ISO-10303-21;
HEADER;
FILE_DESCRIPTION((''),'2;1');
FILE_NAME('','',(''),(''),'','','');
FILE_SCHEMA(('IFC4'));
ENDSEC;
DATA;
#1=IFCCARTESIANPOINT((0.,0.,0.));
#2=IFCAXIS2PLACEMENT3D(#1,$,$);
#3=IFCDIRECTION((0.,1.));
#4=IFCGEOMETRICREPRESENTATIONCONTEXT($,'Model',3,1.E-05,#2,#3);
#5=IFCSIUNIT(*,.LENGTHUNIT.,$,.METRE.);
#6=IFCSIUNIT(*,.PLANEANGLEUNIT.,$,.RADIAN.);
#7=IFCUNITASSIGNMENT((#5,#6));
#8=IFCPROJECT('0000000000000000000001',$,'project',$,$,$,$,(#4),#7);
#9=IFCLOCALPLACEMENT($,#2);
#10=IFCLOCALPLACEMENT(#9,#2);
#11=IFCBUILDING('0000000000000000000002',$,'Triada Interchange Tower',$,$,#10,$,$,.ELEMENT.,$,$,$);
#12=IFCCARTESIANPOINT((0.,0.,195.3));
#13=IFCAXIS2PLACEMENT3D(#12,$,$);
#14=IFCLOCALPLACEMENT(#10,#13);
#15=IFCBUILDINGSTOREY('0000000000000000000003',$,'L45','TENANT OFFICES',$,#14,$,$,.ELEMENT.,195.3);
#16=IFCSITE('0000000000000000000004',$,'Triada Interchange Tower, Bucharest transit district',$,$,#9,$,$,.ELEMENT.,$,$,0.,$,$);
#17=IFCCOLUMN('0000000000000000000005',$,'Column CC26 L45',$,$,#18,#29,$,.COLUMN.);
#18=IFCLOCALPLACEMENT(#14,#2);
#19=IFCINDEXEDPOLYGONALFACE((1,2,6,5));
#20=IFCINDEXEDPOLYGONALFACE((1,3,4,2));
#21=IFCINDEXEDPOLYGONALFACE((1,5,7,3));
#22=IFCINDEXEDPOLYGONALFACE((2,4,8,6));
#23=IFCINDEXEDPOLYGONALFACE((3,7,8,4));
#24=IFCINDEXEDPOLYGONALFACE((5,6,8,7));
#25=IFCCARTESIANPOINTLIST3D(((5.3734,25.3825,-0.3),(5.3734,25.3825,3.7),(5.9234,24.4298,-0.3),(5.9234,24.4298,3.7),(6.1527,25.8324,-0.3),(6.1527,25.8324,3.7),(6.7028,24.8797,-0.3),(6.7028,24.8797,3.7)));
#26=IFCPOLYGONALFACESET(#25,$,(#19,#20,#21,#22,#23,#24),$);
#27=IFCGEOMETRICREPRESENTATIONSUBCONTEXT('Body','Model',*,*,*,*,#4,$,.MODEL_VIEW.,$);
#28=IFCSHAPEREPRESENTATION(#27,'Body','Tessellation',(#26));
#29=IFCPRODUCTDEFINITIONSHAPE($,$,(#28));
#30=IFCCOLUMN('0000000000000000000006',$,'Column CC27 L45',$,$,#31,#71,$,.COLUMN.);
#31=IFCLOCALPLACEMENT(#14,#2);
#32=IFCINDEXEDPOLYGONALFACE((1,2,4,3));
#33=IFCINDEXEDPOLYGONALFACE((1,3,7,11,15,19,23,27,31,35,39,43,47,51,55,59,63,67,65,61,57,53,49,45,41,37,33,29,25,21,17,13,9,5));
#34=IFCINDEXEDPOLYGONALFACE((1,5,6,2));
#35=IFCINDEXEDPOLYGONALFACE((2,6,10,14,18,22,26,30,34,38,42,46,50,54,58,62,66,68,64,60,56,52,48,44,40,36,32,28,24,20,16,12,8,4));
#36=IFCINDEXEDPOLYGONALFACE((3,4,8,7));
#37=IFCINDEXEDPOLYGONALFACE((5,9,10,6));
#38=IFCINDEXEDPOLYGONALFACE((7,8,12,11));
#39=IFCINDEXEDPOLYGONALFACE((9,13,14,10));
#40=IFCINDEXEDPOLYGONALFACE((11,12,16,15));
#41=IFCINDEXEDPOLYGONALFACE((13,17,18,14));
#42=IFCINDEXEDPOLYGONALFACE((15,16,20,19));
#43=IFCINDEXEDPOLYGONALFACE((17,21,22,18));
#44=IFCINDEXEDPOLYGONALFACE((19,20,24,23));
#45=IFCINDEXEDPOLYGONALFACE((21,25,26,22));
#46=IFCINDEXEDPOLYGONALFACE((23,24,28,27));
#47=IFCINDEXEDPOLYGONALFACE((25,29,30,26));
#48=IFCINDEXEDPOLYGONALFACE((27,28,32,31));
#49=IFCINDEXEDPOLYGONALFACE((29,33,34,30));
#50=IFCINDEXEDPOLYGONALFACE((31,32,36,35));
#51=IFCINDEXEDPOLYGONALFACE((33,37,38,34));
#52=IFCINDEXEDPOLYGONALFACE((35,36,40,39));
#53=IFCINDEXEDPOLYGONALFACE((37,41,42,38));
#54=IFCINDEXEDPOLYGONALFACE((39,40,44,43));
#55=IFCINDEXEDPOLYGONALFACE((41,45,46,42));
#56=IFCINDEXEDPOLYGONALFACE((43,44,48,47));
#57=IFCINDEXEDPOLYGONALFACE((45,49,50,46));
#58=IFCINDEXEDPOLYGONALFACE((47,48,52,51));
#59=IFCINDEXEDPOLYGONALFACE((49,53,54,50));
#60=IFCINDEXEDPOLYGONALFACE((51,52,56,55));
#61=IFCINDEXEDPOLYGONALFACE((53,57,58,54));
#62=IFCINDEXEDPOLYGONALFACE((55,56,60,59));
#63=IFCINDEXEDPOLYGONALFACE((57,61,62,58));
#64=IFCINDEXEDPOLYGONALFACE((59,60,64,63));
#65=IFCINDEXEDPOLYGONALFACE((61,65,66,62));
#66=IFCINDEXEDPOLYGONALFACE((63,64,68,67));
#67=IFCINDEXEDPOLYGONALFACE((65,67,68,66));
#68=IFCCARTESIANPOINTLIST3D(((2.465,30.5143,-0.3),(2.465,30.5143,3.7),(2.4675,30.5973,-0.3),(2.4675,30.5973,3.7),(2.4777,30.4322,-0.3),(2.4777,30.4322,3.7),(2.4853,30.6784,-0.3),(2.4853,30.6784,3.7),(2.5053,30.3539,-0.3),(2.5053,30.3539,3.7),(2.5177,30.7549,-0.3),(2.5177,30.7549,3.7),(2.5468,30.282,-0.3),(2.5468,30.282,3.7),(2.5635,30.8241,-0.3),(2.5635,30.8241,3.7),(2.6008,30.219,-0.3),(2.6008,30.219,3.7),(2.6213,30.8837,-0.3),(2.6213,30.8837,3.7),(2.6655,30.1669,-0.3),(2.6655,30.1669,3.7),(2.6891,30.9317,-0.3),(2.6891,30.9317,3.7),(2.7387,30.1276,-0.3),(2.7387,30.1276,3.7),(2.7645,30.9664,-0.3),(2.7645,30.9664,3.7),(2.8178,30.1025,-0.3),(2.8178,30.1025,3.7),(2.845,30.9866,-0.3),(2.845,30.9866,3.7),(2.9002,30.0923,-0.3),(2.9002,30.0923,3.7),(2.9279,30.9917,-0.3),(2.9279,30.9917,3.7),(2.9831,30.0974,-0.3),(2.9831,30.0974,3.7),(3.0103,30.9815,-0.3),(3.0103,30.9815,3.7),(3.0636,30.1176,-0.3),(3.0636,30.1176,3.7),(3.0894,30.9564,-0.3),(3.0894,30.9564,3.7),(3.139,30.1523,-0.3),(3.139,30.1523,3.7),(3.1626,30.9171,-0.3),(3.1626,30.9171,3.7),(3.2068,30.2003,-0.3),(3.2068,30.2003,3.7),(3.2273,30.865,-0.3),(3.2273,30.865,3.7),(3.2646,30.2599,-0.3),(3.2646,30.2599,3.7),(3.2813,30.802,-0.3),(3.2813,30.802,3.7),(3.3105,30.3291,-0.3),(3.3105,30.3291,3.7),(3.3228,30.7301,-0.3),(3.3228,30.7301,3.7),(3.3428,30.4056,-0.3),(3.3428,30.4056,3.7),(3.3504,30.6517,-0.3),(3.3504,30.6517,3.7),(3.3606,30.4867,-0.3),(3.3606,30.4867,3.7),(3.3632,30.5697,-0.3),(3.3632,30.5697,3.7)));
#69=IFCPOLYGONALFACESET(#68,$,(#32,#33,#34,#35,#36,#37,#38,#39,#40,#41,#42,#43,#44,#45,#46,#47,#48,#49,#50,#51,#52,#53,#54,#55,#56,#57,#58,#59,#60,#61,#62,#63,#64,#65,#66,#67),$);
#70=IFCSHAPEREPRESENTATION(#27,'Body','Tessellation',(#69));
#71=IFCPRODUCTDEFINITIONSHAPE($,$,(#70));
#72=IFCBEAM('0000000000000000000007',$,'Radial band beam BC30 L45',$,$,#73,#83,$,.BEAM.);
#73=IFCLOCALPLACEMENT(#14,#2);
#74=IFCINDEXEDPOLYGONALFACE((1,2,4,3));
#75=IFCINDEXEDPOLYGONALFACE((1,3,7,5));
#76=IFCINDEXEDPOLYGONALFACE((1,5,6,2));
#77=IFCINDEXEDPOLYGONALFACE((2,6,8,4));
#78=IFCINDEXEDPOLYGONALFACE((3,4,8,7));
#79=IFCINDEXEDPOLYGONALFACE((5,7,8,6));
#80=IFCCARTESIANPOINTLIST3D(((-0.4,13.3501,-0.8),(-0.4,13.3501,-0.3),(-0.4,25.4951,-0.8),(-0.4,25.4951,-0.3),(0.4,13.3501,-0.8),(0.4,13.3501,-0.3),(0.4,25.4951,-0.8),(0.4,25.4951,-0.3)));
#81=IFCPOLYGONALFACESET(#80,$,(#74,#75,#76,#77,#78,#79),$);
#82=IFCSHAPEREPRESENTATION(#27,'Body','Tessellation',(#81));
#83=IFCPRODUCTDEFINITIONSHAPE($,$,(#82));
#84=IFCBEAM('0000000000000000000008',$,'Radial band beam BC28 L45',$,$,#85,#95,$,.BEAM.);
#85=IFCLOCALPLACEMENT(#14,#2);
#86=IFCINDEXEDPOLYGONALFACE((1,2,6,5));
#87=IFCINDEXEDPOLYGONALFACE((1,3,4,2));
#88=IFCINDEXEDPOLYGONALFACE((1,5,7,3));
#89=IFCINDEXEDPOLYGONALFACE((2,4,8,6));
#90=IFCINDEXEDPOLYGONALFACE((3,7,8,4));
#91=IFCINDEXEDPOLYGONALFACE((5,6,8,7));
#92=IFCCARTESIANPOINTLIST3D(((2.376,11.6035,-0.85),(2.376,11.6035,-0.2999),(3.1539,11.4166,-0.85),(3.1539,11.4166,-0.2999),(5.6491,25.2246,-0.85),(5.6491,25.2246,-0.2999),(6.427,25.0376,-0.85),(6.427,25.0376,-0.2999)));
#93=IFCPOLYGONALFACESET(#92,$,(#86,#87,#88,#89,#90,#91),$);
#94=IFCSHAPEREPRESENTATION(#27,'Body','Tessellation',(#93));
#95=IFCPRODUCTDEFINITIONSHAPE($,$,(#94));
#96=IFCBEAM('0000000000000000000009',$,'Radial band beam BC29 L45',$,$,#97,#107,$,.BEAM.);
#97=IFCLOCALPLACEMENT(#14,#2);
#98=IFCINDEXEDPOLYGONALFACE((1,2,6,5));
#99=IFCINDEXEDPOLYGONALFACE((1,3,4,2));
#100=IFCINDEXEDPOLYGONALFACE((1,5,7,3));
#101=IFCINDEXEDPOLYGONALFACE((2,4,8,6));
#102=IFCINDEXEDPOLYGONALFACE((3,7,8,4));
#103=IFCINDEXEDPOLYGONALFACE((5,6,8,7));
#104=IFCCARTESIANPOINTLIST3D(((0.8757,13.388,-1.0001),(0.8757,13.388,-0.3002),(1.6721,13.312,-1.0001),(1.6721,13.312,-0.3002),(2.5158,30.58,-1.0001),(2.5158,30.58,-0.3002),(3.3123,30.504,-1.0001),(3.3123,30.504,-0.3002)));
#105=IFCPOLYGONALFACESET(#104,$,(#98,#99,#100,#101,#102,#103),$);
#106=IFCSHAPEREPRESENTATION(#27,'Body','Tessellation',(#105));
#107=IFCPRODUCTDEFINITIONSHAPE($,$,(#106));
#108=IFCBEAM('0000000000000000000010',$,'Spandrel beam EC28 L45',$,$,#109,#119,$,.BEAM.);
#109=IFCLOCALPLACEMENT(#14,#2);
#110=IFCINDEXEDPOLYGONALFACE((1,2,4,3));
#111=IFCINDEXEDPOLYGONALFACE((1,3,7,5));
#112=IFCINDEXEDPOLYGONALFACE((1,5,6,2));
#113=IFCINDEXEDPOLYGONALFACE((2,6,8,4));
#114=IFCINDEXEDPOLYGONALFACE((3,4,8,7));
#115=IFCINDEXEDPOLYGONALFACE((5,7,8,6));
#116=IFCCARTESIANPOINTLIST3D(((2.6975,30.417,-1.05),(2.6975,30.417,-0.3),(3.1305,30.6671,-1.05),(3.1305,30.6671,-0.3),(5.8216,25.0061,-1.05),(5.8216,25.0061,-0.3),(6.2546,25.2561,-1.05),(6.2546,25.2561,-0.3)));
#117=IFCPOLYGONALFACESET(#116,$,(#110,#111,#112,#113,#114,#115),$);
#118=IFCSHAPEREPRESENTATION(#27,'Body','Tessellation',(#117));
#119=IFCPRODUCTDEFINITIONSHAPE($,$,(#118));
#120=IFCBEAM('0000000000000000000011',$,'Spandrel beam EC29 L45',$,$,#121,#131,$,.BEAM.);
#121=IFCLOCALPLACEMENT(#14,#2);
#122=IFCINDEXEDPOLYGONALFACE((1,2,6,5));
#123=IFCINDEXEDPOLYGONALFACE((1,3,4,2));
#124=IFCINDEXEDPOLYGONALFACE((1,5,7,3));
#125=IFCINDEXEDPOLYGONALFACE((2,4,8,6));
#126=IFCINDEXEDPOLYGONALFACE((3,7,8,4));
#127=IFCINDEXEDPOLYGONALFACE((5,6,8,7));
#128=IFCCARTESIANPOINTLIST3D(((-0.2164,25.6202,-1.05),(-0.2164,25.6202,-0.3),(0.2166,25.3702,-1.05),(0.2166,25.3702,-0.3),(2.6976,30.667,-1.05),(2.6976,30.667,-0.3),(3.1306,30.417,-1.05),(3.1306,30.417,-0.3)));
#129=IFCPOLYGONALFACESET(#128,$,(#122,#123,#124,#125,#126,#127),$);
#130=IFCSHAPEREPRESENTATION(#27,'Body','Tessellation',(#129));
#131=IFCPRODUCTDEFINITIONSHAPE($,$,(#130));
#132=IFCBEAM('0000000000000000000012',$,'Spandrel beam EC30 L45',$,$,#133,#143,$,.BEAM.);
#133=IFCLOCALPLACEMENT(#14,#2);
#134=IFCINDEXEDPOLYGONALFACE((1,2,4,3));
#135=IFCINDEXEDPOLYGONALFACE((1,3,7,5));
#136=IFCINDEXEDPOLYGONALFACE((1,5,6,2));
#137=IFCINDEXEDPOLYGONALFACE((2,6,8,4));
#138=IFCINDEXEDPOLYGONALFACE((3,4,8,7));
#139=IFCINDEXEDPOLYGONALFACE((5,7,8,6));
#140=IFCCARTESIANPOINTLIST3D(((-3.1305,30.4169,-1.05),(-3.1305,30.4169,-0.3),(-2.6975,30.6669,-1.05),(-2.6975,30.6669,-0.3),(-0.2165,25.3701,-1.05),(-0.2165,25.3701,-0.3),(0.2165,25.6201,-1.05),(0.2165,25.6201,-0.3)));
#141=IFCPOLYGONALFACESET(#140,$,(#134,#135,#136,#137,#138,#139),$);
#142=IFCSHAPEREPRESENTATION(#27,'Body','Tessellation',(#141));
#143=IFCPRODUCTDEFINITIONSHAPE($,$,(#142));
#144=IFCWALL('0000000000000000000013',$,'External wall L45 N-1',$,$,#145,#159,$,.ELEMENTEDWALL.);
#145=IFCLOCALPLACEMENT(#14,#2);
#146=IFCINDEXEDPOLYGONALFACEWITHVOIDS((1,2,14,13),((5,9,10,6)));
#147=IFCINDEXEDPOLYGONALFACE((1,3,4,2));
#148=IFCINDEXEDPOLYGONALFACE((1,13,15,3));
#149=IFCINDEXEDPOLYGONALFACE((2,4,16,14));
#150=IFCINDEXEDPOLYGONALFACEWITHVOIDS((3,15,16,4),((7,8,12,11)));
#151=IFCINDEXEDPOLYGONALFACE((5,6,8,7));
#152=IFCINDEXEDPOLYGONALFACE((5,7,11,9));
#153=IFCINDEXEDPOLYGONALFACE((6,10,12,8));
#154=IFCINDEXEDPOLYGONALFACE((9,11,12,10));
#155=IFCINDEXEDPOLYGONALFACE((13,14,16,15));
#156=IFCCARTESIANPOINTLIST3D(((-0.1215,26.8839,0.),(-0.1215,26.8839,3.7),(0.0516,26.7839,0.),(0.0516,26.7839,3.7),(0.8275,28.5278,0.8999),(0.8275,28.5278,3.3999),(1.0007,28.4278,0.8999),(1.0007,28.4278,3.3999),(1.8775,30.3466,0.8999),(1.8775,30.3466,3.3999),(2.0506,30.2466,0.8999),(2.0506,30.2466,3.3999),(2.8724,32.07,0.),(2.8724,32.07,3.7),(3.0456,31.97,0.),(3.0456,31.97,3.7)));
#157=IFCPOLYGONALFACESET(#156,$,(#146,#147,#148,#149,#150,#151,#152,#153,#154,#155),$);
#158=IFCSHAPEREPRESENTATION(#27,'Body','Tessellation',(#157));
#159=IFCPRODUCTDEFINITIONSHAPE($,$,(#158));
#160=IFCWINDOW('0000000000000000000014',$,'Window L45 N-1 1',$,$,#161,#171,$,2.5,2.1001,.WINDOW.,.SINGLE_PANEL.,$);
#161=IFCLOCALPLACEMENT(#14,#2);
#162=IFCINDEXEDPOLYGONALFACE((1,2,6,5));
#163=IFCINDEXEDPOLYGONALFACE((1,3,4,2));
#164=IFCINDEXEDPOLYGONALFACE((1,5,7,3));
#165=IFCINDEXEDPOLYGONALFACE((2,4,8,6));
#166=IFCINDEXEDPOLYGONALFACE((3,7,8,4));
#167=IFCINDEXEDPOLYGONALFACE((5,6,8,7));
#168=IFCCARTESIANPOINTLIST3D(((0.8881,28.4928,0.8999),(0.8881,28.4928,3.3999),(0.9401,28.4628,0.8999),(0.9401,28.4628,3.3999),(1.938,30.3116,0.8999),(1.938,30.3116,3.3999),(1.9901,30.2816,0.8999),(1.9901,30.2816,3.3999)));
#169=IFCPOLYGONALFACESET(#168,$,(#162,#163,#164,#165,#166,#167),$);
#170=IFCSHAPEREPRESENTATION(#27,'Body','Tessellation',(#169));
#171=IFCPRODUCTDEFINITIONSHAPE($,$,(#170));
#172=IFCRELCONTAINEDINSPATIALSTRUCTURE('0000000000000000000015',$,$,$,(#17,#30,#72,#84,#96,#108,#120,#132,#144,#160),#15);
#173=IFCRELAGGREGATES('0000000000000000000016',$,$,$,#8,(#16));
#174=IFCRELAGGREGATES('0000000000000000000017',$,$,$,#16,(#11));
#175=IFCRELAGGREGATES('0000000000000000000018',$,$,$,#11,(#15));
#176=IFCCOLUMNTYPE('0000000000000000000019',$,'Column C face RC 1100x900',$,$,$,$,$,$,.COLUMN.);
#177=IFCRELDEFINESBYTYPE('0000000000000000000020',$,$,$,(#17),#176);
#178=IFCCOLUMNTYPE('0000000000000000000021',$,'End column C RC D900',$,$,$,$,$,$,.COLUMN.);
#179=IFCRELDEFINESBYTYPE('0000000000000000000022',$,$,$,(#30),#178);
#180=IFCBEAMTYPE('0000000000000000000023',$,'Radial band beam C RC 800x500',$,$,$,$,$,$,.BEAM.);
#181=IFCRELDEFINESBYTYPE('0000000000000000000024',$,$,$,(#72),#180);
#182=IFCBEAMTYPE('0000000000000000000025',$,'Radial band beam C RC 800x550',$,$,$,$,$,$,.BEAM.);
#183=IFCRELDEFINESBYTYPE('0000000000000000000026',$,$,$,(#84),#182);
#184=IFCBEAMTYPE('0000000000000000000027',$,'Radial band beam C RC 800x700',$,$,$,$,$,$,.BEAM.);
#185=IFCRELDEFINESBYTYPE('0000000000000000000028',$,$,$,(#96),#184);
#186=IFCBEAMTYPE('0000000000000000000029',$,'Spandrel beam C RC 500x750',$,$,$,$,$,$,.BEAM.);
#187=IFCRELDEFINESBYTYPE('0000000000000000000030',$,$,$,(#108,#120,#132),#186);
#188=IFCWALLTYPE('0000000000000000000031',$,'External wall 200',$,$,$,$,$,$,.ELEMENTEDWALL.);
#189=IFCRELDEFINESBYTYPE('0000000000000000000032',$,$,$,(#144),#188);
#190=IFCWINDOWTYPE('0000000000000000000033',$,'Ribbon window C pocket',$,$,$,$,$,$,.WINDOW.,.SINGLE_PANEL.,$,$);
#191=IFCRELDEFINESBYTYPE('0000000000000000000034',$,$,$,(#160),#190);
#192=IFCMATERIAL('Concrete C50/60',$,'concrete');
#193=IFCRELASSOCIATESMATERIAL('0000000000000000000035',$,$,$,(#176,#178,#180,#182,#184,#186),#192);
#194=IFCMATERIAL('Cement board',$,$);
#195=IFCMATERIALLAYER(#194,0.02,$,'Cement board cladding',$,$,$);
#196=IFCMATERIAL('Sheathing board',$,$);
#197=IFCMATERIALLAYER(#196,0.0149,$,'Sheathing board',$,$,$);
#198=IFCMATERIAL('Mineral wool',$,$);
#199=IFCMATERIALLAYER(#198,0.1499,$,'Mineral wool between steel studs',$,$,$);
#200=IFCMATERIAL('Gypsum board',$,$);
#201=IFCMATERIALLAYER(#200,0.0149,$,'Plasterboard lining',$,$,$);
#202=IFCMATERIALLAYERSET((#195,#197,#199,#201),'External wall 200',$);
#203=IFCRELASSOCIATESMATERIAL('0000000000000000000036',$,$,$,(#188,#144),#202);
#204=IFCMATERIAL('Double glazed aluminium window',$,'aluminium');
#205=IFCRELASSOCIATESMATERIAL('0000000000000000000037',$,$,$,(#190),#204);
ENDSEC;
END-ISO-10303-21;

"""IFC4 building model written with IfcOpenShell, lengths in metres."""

from ifc_helpers import new_model, si_unit, direction, frame, frame_2d, origin, origin_2d, place, context, subcontext, project, spatial, rectangle, circle, extrude, material, layer, layer_set, layer_usage, material_profile, profile_set, type_object, element, fill, save


model = new_model("IFC4")

# Units and contexts
model_context = context("Model", 3, precision=1e-05, world=origin(), true_north=direction((0.0, 1.0)))
body_context = subcontext(model_context, "Body", "Model", "MODEL_VIEW")
ifc_project = project(units=[si_unit("LENGTHUNIT", "METRE"), si_unit("PLANEANGLEUNIT", "RADIAN")], contexts=[model_context])

# Site, building, storey
site_placement = place(None, origin())
site = spatial("IfcSite", under=ifc_project, at=site_placement, Name="Triada Interchange Tower, Bucharest transit district", CompositionType="ELEMENT", RefElevation=0.0)
building_placement = place(site_placement, origin())
building = spatial("IfcBuilding", under=site, at=building_placement, Name="Triada Interchange Tower", CompositionType="ELEMENT")
storey_placement = place(building_placement, frame((0.0, 0.0, 195.3)))
storey = spatial("IfcBuildingStorey", under=building, at=storey_placement, Name="L45", Description="TENANT OFFICES", CompositionType="ELEMENT", Elevation=195.3)

# Columns
ifc_material_1 = material(Name="Concrete C50/60", Category="concrete")
ifc_material_profile_1 = material_profile(ifc_material_1, rectangle(XDim=1.1001, YDim=0.8999, at=origin_2d()), Name="RC 1100x900")
ifc_profile_set_1 = profile_set([ifc_material_profile_1], Name="Concrete C50/60")
column_type_1 = type_object("IfcColumnType", Name="Column C face RC 1100x900", PredefinedType="COLUMN", material=ifc_profile_set_1)
column_1_placement = place(storey_placement, frame((6.0381, 25.1311, -0.3), z_axis=(0.0, 0.0, 1.0), x_axis=(-0.5, 0.866025, 0.0)))
element("IfcColumn", 1, at=column_1_placement, inside=storey, type_object=column_type_1, Name="Column CC26 L45", PredefinedType="COLUMN", context=body_context, shape_type="SweptSolid", body=[
    extrude(rectangle(XDim=1.1001, YDim=0.8999, at=origin_2d()), origin(), (0.0, 0.0, 1.0), 4.0),
])
ifc_material_profile_2 = material_profile(ifc_material_1, circle(Radius=0.45, at=origin_2d()), Name="RC D900")
ifc_profile_set_2 = profile_set([ifc_material_profile_2], Name="Concrete C50/60")
column_type_2 = type_object("IfcColumnType", Name="End column C RC D900", PredefinedType="COLUMN", material=ifc_profile_set_2)
column_2_placement = place(storey_placement, frame((2.9141, 30.542, -0.3), z_axis=(0.0, 0.0, 1.0), x_axis=(-0.5, 0.866025, 0.0)))
element("IfcColumn", 2, at=column_2_placement, inside=storey, type_object=column_type_2, Name="Column CC27 L45", PredefinedType="COLUMN", context=body_context, shape_type="SweptSolid", body=[
    extrude(circle(Radius=0.45, at=origin_2d()), origin(), (0.0, 0.0, 1.0), 4.0),
])

# Beams
ifc_material_profile_3 = material_profile(ifc_material_1, rectangle(XDim=0.8, YDim=0.5, at=origin_2d()), Name="RC 800x500")
ifc_profile_set_3 = profile_set([ifc_material_profile_3], Name="Concrete C50/60")
beam_type_1 = type_object("IfcBeamType", Name="Radial band beam C RC 800x500", PredefinedType="BEAM", material=ifc_profile_set_3)
beam_1_placement = place(storey_placement, frame((0.0, 25.4951, -0.55), z_axis=(0.0, -1.0, 0.0), x_axis=(1.0, 0.0, 0.0)))
element("IfcBeam", 3, at=beam_1_placement, inside=storey, type_object=beam_type_1, Name="Radial band beam BC30 L45", PredefinedType="BEAM", context=body_context, shape_type="SweptSolid", body=[
    extrude(rectangle(XDim=0.8, YDim=0.5, at=origin_2d()), origin(), (0.0, 0.0, 1.0), 12.145),
])
ifc_material_profile_4 = material_profile(ifc_material_1, rectangle(XDim=0.8, YDim=0.55, at=origin_2d()), Name="RC 800x550")
ifc_profile_set_4 = profile_set([ifc_material_profile_4], Name="Concrete C50/60")
beam_type_2 = type_object("IfcBeamType", Name="Radial band beam C RC 800x550", PredefinedType="BEAM", material=ifc_profile_set_4)
beam_2_placement = place(storey_placement, frame((6.0381, 25.1311, -0.575), z_axis=(-0.233652, -0.97232, 0.0), x_axis=(0.97232, -0.233652, 0.0)))
element("IfcBeam", 4, at=beam_2_placement, inside=storey, type_object=beam_type_2, Name="Radial band beam BC28 L45", PredefinedType="BEAM", context=body_context, shape_type="SweptSolid", body=[
    extrude(rectangle(XDim=0.8, YDim=0.55, at=origin_2d()), origin(), (0.0, 0.0, 1.0), 14.0088),
])
ifc_material_profile_5 = material_profile(ifc_material_1, rectangle(XDim=0.8, YDim=0.7, at=origin_2d()), Name="RC 800x700")
ifc_profile_set_5 = profile_set([ifc_material_profile_5], Name="Concrete C50/60")
beam_type_3 = type_object("IfcBeamType", Name="Radial band beam C RC 800x700", PredefinedType="BEAM", material=ifc_profile_set_5)
beam_3_placement = place(storey_placement, frame((2.9141, 30.542, -0.6501), z_axis=(-0.094971, -0.99548, 0.0), x_axis=(0.99548, -0.094971, 0.0)))
element("IfcBeam", 5, at=beam_3_placement, inside=storey, type_object=beam_type_3, Name="Radial band beam BC29 L45", PredefinedType="BEAM", context=body_context, shape_type="SweptSolid", body=[
    extrude(rectangle(XDim=0.8, YDim=0.7, at=origin_2d()), origin(), (0.0, 0.0, 1.0), 17.27),
])
ifc_material_profile_6 = material_profile(ifc_material_1, rectangle(XDim=0.5, YDim=0.75, at=origin_2d()), Name="RC 500x750")
ifc_profile_set_6 = profile_set([ifc_material_profile_6], Name="Concrete C50/60")
beam_type_4 = type_object("IfcBeamType", Name="Spandrel beam C RC 500x750", PredefinedType="BEAM", material=ifc_profile_set_6)
beam_4_placement = place(storey_placement, frame((6.0381, 25.1311, -0.675), z_axis=(-0.500005, 0.866022, 0.0), x_axis=(-0.866022, -0.500005, 0.0)))
element("IfcBeam", 6, at=beam_4_placement, inside=storey, type_object=beam_type_4, Name="Spandrel beam EC28 L45", PredefinedType="BEAM", context=body_context, shape_type="SweptSolid", body=[
    extrude(rectangle(XDim=0.5, YDim=0.75, at=origin_2d()), origin(), (0.0, 0.0, 1.0), 6.248),
])
for number, where, z_axis, x_axis, name in (
    (7, (2.9141, 30.542, -0.675), (-0.500032, -0.866007, 0.0), (0.866007, -0.500032, 0.0), "Spandrel beam EC29 L45"),
    (8, (0.0, 25.4951, -0.675), (-0.500032, 0.866007, 0.0), (-0.866007, -0.500032, 0.0), "Spandrel beam EC30 L45"),
):
    element("IfcBeam", number, at=place(storey_placement, frame(where, z_axis=z_axis, x_axis=x_axis)), inside=storey, type_object=beam_type_4, Name=name, PredefinedType="BEAM", context=body_context, shape_type="SweptSolid", body=[
        extrude(rectangle(XDim=0.5, YDim=0.75, at=origin_2d()), origin(), (0.0, 0.0, 1.0), 5.8276),
    ])

# Wall, opening, window
ifc_material_2 = material(Name="Cement board")
ifc_layer_1 = layer(ifc_material_2, 0.02, Name="Cement board cladding")
ifc_material_3 = material(Name="Sheathing board")
ifc_layer_2 = layer(ifc_material_3, 0.0149, Name="Sheathing board")
ifc_material_4 = material(Name="Mineral wool")
ifc_layer_3 = layer(ifc_material_4, 0.1499, Name="Mineral wool between steel studs")
ifc_material_5 = material(Name="Gypsum board")
ifc_layer_4 = layer(ifc_material_5, 0.0149, Name="Plasterboard lining")
ifc_layer_set_1 = layer_set([ifc_layer_1, ifc_layer_2, ifc_layer_3, ifc_layer_4], Name="External wall 200")
ifc_layer_usage = layer_usage(ifc_layer_set_1, "AXIS2", "POSITIVE", -0.1001)
wall_type_1 = type_object("IfcWallType", Name="External wall 200", PredefinedType="ELEMENTEDWALL", material=ifc_layer_set_1)
wall_1_placement = place(storey_placement, frame((2.959, 32.02, 0.0), z_axis=(0.0, 0.0, 1.0), x_axis=(-0.499967, -0.866044, 0.0)))
wall_1 = element("IfcWall", 9, at=wall_1_placement, inside=storey, type_object=wall_type_1, material=ifc_layer_usage, Name="External wall L45 N-1", PredefinedType="ELEMENTEDWALL", context=body_context, shape_type="SweptSolid", body=[
    extrude(rectangle(XDim=5.9883, YDim=0.2, at=frame_2d((2.9941, 0.0))), origin(), (0.0, 0.0, 1.0), 3.7),
])
opening_1_placement = place(wall_1_placement, frame((1.99, 0.0, 0.8999)))
opening_1 = element("IfcOpeningElement", 10, at=opening_1_placement, cuts=wall_1, PredefinedType="OPENING", context=body_context, shape_type="SweptSolid", body=[
    extrude(rectangle(XDim=2.1001, YDim=2.5, at=frame_2d((1.05, 1.25))), frame((0.0, 0.1099, 0.0), z_axis=(0.0, -1.0, 0.0), x_axis=(1.0, 0.0, 0.0)), (0.0, 0.0, 1.0), 0.22),
])
ifc_material_6 = material(Name="Double glazed aluminium window", Category="aluminium")
window_type = type_object("IfcWindowType", Name="Ribbon window C pocket", PartitioningType="SINGLE_PANEL", PredefinedType="WINDOW", material=ifc_material_6)
window_1_placement = place(opening_1_placement, origin())
window_1 = element("IfcWindow", 11, at=window_1_placement, inside=storey, type_object=window_type, Name="Window L45 N-1 1", OverallHeight=2.5, OverallWidth=2.1001, PartitioningType="SINGLE_PANEL", PredefinedType="WINDOW", context=body_context, shape_type="SweptSolid", body=[
    extrude(rectangle(XDim=2.1001, YDim=2.5, at=frame_2d((1.05, 1.25))), frame((0.0, 0.03, 0.0), z_axis=(0.0, -1.0, 0.0), x_axis=(1.0, 0.0, 0.0)), (0.0, 0.0, 1.0), 0.0601),
])
fill(opening_1, window_1)

save(model, "model.ifc")
